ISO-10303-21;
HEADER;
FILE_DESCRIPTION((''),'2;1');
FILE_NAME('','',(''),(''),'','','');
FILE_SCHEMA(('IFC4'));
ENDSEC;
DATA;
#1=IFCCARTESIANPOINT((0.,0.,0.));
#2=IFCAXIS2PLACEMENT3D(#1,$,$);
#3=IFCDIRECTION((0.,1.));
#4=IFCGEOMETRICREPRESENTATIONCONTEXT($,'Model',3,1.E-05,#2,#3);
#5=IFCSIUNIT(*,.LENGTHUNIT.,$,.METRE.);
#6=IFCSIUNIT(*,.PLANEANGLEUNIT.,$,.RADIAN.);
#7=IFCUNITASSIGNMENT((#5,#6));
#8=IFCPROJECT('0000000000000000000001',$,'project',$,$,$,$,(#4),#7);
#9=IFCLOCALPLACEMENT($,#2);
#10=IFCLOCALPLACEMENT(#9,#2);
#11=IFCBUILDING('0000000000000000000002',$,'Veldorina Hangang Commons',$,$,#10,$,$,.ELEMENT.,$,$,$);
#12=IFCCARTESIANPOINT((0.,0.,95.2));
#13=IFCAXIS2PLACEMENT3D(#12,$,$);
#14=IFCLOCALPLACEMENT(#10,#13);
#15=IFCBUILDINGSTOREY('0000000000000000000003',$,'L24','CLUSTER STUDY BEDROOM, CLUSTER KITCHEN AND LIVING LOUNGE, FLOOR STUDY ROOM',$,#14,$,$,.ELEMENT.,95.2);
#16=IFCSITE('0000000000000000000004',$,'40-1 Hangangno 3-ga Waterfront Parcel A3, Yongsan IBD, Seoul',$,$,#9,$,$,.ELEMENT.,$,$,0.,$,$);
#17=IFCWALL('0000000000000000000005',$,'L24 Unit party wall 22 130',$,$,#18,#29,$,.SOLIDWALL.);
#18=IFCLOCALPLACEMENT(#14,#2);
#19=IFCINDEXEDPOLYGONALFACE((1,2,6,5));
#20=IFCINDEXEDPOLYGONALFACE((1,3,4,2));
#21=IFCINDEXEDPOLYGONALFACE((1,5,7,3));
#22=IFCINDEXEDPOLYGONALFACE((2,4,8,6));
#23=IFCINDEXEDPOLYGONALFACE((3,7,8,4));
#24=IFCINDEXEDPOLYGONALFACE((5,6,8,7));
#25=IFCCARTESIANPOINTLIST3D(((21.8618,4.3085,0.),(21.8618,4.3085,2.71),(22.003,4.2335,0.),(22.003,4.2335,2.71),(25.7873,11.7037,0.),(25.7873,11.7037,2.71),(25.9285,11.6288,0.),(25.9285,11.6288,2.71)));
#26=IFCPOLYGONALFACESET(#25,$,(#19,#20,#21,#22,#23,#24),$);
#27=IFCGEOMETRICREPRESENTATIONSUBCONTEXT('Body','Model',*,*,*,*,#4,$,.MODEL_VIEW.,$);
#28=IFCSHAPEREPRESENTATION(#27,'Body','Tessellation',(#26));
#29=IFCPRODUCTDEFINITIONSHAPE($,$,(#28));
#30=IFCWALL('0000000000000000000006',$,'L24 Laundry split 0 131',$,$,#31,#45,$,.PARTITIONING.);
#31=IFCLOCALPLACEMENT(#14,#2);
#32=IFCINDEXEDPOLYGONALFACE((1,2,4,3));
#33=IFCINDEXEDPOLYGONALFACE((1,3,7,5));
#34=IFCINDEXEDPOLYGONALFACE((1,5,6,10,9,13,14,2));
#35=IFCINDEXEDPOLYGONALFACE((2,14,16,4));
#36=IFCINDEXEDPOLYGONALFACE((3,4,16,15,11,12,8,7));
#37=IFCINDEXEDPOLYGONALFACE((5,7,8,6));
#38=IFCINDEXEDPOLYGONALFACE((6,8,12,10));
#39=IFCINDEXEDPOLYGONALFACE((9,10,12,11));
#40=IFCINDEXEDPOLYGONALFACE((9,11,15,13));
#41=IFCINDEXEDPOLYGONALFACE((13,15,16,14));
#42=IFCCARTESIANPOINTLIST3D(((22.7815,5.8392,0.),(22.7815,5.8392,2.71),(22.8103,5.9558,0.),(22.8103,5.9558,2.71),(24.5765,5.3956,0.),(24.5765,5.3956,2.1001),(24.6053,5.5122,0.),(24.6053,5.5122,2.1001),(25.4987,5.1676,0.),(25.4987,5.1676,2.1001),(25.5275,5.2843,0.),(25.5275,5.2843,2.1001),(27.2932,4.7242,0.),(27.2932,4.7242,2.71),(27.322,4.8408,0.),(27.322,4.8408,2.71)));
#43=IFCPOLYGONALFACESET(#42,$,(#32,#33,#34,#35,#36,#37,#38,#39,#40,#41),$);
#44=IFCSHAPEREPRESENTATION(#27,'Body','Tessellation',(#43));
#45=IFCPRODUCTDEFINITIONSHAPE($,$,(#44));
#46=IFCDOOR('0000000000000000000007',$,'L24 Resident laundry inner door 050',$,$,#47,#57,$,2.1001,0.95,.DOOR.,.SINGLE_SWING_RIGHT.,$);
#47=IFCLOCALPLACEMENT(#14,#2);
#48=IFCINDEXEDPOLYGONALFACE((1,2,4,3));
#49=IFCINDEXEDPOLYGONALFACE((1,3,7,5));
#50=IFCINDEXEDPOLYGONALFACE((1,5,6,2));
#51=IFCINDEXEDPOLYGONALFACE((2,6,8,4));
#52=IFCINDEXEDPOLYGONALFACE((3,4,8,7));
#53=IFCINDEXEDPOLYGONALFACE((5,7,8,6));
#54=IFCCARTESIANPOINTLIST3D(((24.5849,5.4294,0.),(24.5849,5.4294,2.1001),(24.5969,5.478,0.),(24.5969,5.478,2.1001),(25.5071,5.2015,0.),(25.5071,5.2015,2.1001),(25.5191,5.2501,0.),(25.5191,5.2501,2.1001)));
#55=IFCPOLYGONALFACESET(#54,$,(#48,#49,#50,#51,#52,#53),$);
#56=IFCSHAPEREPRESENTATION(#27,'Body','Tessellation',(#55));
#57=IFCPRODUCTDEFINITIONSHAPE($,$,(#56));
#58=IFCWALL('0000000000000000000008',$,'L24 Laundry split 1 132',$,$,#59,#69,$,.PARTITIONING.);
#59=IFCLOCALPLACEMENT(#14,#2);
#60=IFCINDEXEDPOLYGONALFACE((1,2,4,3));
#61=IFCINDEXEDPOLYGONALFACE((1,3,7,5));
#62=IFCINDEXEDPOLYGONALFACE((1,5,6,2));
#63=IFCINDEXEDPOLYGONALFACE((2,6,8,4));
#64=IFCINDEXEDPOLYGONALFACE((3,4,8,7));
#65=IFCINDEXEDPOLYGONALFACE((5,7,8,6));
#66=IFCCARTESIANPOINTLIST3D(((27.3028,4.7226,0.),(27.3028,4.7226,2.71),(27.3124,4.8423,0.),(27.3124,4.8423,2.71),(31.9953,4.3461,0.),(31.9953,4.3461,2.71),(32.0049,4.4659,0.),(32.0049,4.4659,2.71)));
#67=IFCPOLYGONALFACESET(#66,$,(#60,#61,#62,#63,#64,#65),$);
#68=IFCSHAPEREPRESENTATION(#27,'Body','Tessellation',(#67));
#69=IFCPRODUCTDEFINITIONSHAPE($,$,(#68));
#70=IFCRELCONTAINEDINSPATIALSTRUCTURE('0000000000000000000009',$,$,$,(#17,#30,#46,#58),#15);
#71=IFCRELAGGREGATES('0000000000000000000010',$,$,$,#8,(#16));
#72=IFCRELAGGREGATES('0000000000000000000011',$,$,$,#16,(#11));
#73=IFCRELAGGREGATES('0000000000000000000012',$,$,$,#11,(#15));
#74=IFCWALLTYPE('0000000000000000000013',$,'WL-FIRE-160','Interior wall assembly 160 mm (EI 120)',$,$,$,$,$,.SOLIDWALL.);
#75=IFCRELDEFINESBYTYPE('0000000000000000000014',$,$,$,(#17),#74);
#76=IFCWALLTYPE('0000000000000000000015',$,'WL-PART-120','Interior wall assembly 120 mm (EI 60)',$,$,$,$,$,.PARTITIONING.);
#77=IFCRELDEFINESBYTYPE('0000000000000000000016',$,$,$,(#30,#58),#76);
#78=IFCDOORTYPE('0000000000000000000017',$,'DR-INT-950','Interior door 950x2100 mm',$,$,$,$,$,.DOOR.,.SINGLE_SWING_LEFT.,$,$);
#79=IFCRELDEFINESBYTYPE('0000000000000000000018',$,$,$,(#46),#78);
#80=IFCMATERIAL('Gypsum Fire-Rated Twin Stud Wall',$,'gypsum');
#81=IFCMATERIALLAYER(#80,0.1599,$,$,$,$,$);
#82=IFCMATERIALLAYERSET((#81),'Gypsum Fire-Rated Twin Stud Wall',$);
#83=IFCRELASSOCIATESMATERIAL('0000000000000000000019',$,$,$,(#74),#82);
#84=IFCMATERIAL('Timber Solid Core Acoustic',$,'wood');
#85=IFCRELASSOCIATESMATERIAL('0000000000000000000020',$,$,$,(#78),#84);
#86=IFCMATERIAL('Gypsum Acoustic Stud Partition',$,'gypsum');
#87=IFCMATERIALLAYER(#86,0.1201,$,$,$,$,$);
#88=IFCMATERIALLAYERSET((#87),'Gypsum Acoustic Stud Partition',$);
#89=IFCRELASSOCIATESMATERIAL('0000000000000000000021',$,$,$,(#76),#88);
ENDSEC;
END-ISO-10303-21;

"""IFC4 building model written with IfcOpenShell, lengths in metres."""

from ifc_helpers import new_model, si_unit, direction, frame, frame_2d, origin, place, context, subcontext, project, spatial, rectangle, extrude, material, layer, layer_set, type_object, element, fill, save


model = new_model("IFC4")

# Units and contexts
model_context = context("Model", 3, precision=1e-05, world=origin(), true_north=direction((0.0, 1.0)))
body_context = subcontext(model_context, "Body", "Model", "MODEL_VIEW")
ifc_project = project(units=[si_unit("LENGTHUNIT", "METRE"), si_unit("PLANEANGLEUNIT", "RADIAN")], contexts=[model_context])

# Site, building, storey
site_placement = place(None, origin())
site = spatial("IfcSite", under=ifc_project, at=site_placement, Name="40-1 Hangangno 3-ga Waterfront Parcel A3, Yongsan IBD, Seoul", CompositionType="ELEMENT", RefElevation=0.0)
building_placement = place(site_placement, origin())
building = spatial("IfcBuilding", under=site, at=building_placement, Name="Veldorina Hangang Commons", CompositionType="ELEMENT")
storey_placement = place(building_placement, frame((0.0, 0.0, 95.2)))
storey = spatial("IfcBuildingStorey", under=building, at=storey_placement, Name="L24", Description="CLUSTER STUDY BEDROOM, CLUSTER KITCHEN AND LIVING LOUNGE, FLOOR STUDY ROOM", CompositionType="ELEMENT", Elevation=95.2)

# Shared definitions
ifc_material_1 = material(Name="Gypsum Fire-Rated Twin Stud Wall", Category="gypsum")
ifc_layer_1 = layer(ifc_material_1, 0.1599)
ifc_layer_set_1 = layer_set([ifc_layer_1], Name="Gypsum Fire-Rated Twin Stud Wall")
wall_type_1 = type_object("IfcWallType", Name="WL-FIRE-160", Description="Interior wall assembly 160 mm (EI 120)", PredefinedType="SOLIDWALL", material=ifc_layer_set_1)

# Shared definitions
ifc_material_2 = material(Name="Timber Solid Core Acoustic", Category="wood")
door_type = type_object("IfcDoorType", Name="DR-INT-950", Description="Interior door 950x2100 mm", OperationType="SINGLE_SWING_LEFT", PredefinedType="DOOR", material=ifc_material_2)

# Wall
wall_1_placement = place(storey_placement, frame((25.8579, 11.6663, 0.0), z_axis=(0.0, 0.0, 1.0), x_axis=(-0.468857, -0.883274, 0.0)))
element("IfcWall", 1, at=wall_1_placement, inside=storey, type_object=wall_type_1, Name="L24 Unit party wall 22 130", PredefinedType="SOLIDWALL", context=body_context, shape_type="SweptSolid", body=[
    extrude(rectangle(XDim=8.3726, YDim=0.1599, at=frame_2d((4.1863, 0.0))), origin(), (0.0, 0.0, 1.0), 2.71),
])

# Wall, opening, door
ifc_material_3 = material(Name="Gypsum Acoustic Stud Partition", Category="gypsum")
ifc_layer_2 = layer(ifc_material_3, 0.1201)
ifc_layer_set_2 = layer_set([ifc_layer_2], Name="Gypsum Acoustic Stud Partition")
wall_type_2 = type_object("IfcWallType", Name="WL-PART-120", Description="Interior wall assembly 120 mm (EI 60)", PredefinedType="PARTITIONING", material=ifc_layer_set_2)
wall_2_placement = place(storey_placement, frame((22.7959, 5.8975, 0.0), z_axis=(0.0, 0.0, 1.0), x_axis=(0.970794, -0.239914, 0.0)))
wall_2 = element("IfcWall", 2, at=wall_2_placement, inside=storey, type_object=wall_type_2, Name="L24 Laundry split 0 131", PredefinedType="PARTITIONING", context=body_context, shape_type="SweptSolid", body=[
    extrude(rectangle(XDim=4.6475, YDim=0.1201, at=frame_2d((2.3237, 0.0))), origin(), (0.0, 0.0, 1.0), 2.71),
])
opening_1_placement = place(wall_2_placement, frame((1.8489, 0.0, 0.0)))
opening_1 = element("IfcOpeningElement", 3, at=opening_1_placement, cuts=wall_2, PredefinedType="OPENING", context=body_context, shape_type="SweptSolid", body=[
    extrude(rectangle(XDim=0.95, YDim=2.1001, at=frame_2d((0.4751, 1.05))), frame((0.0, 0.0701, 0.0), z_axis=(0.0, -1.0, 0.0), x_axis=(1.0, 0.0, 0.0)), (0.0, 0.0, 1.0), 0.1401),
])
door_1_placement = place(opening_1_placement, origin())
door_1 = element("IfcDoor", 4, at=door_1_placement, inside=storey, type_object=door_type, Name="L24 Resident laundry inner door 050", OperationType="SINGLE_SWING_RIGHT", OverallHeight=2.1001, OverallWidth=0.95, PredefinedType="DOOR", context=body_context, shape_type="SweptSolid", body=[
    extrude(rectangle(XDim=0.95, YDim=2.1001, at=frame_2d((0.4751, 1.05))), frame((0.0, 0.0249, 0.0), z_axis=(0.0, -1.0, 0.0), x_axis=(1.0, 0.0, 0.0)), (0.0, 0.0, 1.0), 0.05),
])
fill(opening_1, door_1)

# Wall
wall_3_placement = place(storey_placement, frame((27.3076, 4.7825, 0.0), z_axis=(0.0, 0.0, 1.0), x_axis=(0.996797, -0.079972, 0.0)))
element("IfcWall", 5, at=wall_3_placement, inside=storey, type_object=wall_type_2, Name="L24 Laundry split 1 132", PredefinedType="PARTITIONING", context=body_context, shape_type="SweptSolid", body=[
    extrude(rectangle(XDim=4.7075, YDim=0.1201, at=frame_2d((2.3538, 0.0))), origin(), (0.0, 0.0, 1.0), 2.71),
])

save(model, "model.ifc")
